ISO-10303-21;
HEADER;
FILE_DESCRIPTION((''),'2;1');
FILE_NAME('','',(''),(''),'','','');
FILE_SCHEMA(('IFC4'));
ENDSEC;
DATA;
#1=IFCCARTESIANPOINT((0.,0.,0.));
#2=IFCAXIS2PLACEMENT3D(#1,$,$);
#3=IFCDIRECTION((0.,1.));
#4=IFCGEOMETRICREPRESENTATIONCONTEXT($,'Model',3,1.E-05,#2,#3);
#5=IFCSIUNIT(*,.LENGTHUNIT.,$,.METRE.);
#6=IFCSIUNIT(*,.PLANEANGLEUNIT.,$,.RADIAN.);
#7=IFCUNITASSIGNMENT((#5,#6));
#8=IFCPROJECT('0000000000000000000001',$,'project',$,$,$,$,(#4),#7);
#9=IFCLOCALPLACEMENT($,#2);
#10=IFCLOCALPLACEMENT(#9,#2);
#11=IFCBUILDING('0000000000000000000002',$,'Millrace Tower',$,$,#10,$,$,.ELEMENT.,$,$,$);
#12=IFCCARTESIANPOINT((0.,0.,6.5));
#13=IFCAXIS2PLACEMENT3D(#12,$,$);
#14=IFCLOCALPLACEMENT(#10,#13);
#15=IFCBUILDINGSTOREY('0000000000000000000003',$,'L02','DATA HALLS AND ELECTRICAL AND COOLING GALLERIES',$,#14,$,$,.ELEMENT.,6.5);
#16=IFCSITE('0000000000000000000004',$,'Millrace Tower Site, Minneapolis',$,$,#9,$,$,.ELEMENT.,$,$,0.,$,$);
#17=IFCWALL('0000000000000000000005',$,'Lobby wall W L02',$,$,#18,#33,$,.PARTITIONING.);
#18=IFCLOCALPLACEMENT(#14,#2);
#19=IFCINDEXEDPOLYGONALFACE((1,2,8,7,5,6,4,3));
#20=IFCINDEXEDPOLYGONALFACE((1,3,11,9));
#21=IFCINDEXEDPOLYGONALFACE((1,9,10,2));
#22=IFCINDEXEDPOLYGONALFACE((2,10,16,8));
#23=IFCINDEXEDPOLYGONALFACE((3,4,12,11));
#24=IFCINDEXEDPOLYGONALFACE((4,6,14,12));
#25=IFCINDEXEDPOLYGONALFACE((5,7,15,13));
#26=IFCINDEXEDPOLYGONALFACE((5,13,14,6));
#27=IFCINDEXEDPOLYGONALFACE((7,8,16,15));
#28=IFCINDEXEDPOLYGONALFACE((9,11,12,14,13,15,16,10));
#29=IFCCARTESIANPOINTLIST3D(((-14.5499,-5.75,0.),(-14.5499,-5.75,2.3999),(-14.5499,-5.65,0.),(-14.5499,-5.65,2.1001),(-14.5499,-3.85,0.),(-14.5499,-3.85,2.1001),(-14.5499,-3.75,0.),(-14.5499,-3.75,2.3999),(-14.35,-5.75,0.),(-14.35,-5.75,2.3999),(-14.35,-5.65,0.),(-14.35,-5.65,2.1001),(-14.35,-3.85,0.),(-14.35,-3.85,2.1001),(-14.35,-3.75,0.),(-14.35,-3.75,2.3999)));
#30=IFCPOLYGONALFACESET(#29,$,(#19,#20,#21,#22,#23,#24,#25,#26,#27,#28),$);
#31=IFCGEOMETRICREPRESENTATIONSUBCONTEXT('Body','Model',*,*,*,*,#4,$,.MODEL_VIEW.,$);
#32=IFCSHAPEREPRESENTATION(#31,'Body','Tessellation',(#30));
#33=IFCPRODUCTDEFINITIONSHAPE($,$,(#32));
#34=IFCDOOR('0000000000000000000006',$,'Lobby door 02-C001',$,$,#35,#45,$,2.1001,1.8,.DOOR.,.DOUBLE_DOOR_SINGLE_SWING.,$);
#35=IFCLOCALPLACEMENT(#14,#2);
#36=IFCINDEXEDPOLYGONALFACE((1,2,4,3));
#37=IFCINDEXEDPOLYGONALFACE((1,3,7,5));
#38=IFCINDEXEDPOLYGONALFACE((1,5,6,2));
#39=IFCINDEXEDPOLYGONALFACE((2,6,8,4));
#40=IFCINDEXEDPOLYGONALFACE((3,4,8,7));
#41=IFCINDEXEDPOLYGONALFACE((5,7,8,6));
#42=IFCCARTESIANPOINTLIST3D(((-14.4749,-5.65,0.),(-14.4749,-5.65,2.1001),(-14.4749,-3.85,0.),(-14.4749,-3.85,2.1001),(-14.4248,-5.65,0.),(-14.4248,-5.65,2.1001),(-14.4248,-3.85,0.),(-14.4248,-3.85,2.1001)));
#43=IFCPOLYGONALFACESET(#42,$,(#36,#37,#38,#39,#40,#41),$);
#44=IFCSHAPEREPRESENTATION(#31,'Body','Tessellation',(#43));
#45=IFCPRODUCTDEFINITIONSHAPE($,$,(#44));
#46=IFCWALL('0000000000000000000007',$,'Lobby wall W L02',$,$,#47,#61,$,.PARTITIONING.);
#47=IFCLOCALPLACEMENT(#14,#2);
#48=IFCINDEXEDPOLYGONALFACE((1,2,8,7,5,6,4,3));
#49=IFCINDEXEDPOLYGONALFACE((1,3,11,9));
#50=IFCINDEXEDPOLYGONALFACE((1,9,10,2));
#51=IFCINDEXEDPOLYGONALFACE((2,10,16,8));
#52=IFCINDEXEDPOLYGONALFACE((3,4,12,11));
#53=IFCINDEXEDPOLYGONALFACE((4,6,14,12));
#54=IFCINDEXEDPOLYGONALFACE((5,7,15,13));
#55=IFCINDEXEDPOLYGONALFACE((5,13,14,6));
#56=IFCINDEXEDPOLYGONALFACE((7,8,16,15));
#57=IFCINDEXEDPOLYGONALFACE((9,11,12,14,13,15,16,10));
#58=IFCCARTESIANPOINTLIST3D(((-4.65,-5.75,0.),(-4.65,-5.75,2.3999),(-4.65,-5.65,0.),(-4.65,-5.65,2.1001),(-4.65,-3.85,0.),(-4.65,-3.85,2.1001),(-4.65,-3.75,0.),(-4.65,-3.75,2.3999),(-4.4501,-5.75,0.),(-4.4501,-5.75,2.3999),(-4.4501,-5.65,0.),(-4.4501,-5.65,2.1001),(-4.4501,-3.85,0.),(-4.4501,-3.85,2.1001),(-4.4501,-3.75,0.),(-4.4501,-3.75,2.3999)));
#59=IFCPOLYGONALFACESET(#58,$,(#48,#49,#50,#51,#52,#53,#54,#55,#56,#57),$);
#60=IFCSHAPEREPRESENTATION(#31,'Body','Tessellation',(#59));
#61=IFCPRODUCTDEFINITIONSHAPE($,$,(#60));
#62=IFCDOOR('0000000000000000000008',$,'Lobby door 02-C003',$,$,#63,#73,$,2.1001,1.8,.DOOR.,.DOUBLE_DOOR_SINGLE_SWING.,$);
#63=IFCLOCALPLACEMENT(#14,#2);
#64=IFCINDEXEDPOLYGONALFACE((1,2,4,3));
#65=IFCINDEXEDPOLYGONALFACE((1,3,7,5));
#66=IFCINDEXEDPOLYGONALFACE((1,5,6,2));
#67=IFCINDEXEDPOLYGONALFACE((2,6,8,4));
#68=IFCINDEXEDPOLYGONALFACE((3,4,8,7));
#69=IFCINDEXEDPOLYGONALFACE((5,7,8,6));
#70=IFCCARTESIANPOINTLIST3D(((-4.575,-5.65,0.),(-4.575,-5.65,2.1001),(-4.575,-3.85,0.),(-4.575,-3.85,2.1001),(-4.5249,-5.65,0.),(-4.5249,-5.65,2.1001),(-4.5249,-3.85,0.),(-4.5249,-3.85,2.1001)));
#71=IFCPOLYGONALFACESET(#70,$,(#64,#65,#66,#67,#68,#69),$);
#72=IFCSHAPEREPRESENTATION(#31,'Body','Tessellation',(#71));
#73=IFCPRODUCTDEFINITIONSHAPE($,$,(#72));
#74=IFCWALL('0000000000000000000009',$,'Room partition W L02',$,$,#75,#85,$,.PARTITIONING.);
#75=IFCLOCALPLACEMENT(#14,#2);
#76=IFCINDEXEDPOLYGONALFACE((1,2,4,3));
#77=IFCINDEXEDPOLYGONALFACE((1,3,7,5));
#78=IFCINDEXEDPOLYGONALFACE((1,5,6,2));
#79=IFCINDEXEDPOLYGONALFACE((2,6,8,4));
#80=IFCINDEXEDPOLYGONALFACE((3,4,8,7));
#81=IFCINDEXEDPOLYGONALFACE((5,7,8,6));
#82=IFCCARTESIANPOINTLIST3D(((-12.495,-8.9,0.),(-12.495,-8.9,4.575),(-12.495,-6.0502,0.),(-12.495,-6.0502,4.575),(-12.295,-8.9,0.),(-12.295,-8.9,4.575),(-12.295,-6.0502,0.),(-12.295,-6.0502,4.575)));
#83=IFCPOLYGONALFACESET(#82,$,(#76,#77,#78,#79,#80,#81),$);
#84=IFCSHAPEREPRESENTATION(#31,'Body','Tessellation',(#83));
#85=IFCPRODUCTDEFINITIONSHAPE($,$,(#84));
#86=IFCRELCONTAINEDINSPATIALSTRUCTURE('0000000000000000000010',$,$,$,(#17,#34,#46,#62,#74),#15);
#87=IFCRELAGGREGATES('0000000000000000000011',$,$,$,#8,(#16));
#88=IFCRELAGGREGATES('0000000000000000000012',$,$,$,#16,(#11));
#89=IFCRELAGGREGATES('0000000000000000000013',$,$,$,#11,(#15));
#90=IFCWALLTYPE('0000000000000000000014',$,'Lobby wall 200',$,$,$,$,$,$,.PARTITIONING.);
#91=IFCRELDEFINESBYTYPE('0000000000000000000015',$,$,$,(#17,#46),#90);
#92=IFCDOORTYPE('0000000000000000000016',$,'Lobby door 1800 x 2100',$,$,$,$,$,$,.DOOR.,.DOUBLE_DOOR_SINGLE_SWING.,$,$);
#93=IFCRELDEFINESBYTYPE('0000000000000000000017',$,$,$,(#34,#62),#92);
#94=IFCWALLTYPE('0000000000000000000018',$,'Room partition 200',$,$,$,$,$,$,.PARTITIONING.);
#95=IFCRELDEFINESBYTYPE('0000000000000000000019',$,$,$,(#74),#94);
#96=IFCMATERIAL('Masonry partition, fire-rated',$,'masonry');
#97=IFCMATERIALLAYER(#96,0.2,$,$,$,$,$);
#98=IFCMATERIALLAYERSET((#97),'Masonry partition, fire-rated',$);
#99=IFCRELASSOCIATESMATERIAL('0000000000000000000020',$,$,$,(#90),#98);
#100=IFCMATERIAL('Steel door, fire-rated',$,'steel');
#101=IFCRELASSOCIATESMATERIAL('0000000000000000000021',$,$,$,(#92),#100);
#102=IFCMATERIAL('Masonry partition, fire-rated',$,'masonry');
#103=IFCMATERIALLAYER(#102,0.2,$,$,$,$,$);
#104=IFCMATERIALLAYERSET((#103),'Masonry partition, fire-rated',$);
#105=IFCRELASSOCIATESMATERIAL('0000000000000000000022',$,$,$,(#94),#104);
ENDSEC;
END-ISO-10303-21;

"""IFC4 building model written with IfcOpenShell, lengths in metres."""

from ifc_helpers import new_model, si_unit, direction, frame, frame_2d, origin, place, context, subcontext, project, spatial, rectangle, extrude, material, layer, layer_set, type_object, element, fill, save


model = new_model("IFC4")

# Units and contexts
model_context = context("Model", 3, precision=1e-05, world=origin(), true_north=direction((0.0, 1.0)))
body_context = subcontext(model_context, "Body", "Model", "MODEL_VIEW")
ifc_project = project(units=[si_unit("LENGTHUNIT", "METRE"), si_unit("PLANEANGLEUNIT", "RADIAN")], contexts=[model_context])

# Site, building, storey
site_placement = place(None, origin())
site = spatial("IfcSite", under=ifc_project, at=site_placement, Name="Millrace Tower Site, Minneapolis", CompositionType="ELEMENT", RefElevation=0.0)
building_placement = place(site_placement, origin())
building = spatial("IfcBuilding", under=site, at=building_placement, Name="Millrace Tower", CompositionType="ELEMENT")
storey_placement = place(building_placement, frame((0.0, 0.0, 6.5)))
storey = spatial("IfcBuildingStorey", under=building, at=storey_placement, Name="L02", Description="DATA HALLS AND ELECTRICAL AND COOLING GALLERIES", CompositionType="ELEMENT", Elevation=6.5)

# Walls, openings, doors
ifc_material_1 = material(Name="Masonry partition, fire-rated", Category="masonry")
ifc_layer_1 = layer(ifc_material_1, 0.2)
ifc_layer_set_1 = layer_set([ifc_layer_1], Name="Masonry partition, fire-rated")
wall_type_1 = type_object("IfcWallType", Name="Lobby wall 200", PredefinedType="PARTITIONING", material=ifc_layer_set_1)
wall_1_placement = place(storey_placement, frame((-14.45, -5.75, 0.0), z_axis=(0.0, 0.0, 1.0), x_axis=(0.0, 1.0, 0.0)))
wall_1 = element("IfcWall", 1, at=wall_1_placement, inside=storey, type_object=wall_type_1, Name="Lobby wall W L02", PredefinedType="PARTITIONING", context=body_context, shape_type="SweptSolid", body=[
    extrude(rectangle(XDim=2.0, YDim=0.2, at=frame_2d((1.0, 0.0))), origin(), (0.0, 0.0, 1.0), 2.3999),
])
opening_1_placement = place(wall_1_placement, frame((0.1001, 0.0, 0.0)))
opening_1 = element("IfcOpeningElement", 2, at=opening_1_placement, cuts=wall_1, PredefinedType="OPENING", context=body_context, shape_type="SweptSolid", body=[
    extrude(rectangle(XDim=1.8, YDim=2.1001, at=frame_2d((0.8999, 1.05))), frame((0.0, 0.1099, 0.0), z_axis=(0.0, -1.0, 0.0), x_axis=(1.0, 0.0, 0.0)), (0.0, 0.0, 1.0), 0.22),
])
ifc_material_2 = material(Name="Steel door, fire-rated", Category="steel")
door_type_1 = type_object("IfcDoorType", Name="Lobby door 1800 x 2100", OperationType="DOUBLE_DOOR_SINGLE_SWING", PredefinedType="DOOR", material=ifc_material_2)
door_1_placement = place(opening_1_placement, origin())
door_1 = element("IfcDoor", 3, at=door_1_placement, inside=storey, type_object=door_type_1, Name="Lobby door 02-C001", OperationType="DOUBLE_DOOR_SINGLE_SWING", OverallHeight=2.1001, OverallWidth=1.8, PredefinedType="DOOR", context=body_context, shape_type="SweptSolid", body=[
    extrude(rectangle(XDim=1.8, YDim=2.1001, at=frame_2d((0.8999, 1.05))), frame((0.0, 0.0249, 0.0), z_axis=(0.0, -1.0, 0.0), x_axis=(1.0, 0.0, 0.0)), (0.0, 0.0, 1.0), 0.05),
])
fill(opening_1, door_1)
wall_2_placement = place(storey_placement, frame((-4.55, -5.75, 0.0), z_axis=(0.0, 0.0, 1.0), x_axis=(0.0, 1.0, 0.0)))
wall_2 = element("IfcWall", 4, at=wall_2_placement, inside=storey, type_object=wall_type_1, Name="Lobby wall W L02", PredefinedType="PARTITIONING", context=body_context, shape_type="SweptSolid", body=[
    extrude(rectangle(XDim=2.0, YDim=0.2, at=frame_2d((1.0, 0.0))), origin(), (0.0, 0.0, 1.0), 2.3999),
])
opening_2_placement = place(wall_2_placement, frame((0.1001, 0.0, 0.0)))
opening_2 = element("IfcOpeningElement", 5, at=opening_2_placement, cuts=wall_2, PredefinedType="OPENING", context=body_context, shape_type="SweptSolid", body=[
    extrude(rectangle(XDim=1.8, YDim=2.1001, at=frame_2d((0.8999, 1.05))), frame((0.0, 0.1099, 0.0), z_axis=(0.0, -1.0, 0.0), x_axis=(1.0, 0.0, 0.0)), (0.0, 0.0, 1.0), 0.22),
])
door_2_placement = place(opening_2_placement, origin())
door_2 = element("IfcDoor", 6, at=door_2_placement, inside=storey, type_object=door_type_1, Name="Lobby door 02-C003", OperationType="DOUBLE_DOOR_SINGLE_SWING", OverallHeight=2.1001, OverallWidth=1.8, PredefinedType="DOOR", context=body_context, shape_type="SweptSolid", body=[
    extrude(rectangle(XDim=1.8, YDim=2.1001, at=frame_2d((0.8999, 1.05))), frame((0.0, 0.0249, 0.0), z_axis=(0.0, -1.0, 0.0), x_axis=(1.0, 0.0, 0.0)), (0.0, 0.0, 1.0), 0.05),
])
fill(opening_2, door_2)

# Wall
ifc_material_3 = material(Name="Masonry partition, fire-rated", Category="masonry")
ifc_layer_2 = layer(ifc_material_3, 0.2)
ifc_layer_set_2 = layer_set([ifc_layer_2], Name="Masonry partition, fire-rated")
wall_type_2 = type_object("IfcWallType", Name="Room partition 200", PredefinedType="PARTITIONING", material=ifc_layer_set_2)
wall_3_placement = place(storey_placement, frame((-12.395, -8.8999, 0.0), z_axis=(0.0, 0.0, 1.0), x_axis=(0.0, 1.0, 0.0)))
element("IfcWall", 7, at=wall_3_placement, inside=storey, type_object=wall_type_2, Name="Room partition W L02", PredefinedType="PARTITIONING", context=body_context, shape_type="SweptSolid", body=[
    extrude(rectangle(XDim=2.8499, YDim=0.2, at=frame_2d((1.4248, 0.0))), origin(), (0.0, 0.0, 1.0), 4.575),
])

save(model, "model.ifc")
